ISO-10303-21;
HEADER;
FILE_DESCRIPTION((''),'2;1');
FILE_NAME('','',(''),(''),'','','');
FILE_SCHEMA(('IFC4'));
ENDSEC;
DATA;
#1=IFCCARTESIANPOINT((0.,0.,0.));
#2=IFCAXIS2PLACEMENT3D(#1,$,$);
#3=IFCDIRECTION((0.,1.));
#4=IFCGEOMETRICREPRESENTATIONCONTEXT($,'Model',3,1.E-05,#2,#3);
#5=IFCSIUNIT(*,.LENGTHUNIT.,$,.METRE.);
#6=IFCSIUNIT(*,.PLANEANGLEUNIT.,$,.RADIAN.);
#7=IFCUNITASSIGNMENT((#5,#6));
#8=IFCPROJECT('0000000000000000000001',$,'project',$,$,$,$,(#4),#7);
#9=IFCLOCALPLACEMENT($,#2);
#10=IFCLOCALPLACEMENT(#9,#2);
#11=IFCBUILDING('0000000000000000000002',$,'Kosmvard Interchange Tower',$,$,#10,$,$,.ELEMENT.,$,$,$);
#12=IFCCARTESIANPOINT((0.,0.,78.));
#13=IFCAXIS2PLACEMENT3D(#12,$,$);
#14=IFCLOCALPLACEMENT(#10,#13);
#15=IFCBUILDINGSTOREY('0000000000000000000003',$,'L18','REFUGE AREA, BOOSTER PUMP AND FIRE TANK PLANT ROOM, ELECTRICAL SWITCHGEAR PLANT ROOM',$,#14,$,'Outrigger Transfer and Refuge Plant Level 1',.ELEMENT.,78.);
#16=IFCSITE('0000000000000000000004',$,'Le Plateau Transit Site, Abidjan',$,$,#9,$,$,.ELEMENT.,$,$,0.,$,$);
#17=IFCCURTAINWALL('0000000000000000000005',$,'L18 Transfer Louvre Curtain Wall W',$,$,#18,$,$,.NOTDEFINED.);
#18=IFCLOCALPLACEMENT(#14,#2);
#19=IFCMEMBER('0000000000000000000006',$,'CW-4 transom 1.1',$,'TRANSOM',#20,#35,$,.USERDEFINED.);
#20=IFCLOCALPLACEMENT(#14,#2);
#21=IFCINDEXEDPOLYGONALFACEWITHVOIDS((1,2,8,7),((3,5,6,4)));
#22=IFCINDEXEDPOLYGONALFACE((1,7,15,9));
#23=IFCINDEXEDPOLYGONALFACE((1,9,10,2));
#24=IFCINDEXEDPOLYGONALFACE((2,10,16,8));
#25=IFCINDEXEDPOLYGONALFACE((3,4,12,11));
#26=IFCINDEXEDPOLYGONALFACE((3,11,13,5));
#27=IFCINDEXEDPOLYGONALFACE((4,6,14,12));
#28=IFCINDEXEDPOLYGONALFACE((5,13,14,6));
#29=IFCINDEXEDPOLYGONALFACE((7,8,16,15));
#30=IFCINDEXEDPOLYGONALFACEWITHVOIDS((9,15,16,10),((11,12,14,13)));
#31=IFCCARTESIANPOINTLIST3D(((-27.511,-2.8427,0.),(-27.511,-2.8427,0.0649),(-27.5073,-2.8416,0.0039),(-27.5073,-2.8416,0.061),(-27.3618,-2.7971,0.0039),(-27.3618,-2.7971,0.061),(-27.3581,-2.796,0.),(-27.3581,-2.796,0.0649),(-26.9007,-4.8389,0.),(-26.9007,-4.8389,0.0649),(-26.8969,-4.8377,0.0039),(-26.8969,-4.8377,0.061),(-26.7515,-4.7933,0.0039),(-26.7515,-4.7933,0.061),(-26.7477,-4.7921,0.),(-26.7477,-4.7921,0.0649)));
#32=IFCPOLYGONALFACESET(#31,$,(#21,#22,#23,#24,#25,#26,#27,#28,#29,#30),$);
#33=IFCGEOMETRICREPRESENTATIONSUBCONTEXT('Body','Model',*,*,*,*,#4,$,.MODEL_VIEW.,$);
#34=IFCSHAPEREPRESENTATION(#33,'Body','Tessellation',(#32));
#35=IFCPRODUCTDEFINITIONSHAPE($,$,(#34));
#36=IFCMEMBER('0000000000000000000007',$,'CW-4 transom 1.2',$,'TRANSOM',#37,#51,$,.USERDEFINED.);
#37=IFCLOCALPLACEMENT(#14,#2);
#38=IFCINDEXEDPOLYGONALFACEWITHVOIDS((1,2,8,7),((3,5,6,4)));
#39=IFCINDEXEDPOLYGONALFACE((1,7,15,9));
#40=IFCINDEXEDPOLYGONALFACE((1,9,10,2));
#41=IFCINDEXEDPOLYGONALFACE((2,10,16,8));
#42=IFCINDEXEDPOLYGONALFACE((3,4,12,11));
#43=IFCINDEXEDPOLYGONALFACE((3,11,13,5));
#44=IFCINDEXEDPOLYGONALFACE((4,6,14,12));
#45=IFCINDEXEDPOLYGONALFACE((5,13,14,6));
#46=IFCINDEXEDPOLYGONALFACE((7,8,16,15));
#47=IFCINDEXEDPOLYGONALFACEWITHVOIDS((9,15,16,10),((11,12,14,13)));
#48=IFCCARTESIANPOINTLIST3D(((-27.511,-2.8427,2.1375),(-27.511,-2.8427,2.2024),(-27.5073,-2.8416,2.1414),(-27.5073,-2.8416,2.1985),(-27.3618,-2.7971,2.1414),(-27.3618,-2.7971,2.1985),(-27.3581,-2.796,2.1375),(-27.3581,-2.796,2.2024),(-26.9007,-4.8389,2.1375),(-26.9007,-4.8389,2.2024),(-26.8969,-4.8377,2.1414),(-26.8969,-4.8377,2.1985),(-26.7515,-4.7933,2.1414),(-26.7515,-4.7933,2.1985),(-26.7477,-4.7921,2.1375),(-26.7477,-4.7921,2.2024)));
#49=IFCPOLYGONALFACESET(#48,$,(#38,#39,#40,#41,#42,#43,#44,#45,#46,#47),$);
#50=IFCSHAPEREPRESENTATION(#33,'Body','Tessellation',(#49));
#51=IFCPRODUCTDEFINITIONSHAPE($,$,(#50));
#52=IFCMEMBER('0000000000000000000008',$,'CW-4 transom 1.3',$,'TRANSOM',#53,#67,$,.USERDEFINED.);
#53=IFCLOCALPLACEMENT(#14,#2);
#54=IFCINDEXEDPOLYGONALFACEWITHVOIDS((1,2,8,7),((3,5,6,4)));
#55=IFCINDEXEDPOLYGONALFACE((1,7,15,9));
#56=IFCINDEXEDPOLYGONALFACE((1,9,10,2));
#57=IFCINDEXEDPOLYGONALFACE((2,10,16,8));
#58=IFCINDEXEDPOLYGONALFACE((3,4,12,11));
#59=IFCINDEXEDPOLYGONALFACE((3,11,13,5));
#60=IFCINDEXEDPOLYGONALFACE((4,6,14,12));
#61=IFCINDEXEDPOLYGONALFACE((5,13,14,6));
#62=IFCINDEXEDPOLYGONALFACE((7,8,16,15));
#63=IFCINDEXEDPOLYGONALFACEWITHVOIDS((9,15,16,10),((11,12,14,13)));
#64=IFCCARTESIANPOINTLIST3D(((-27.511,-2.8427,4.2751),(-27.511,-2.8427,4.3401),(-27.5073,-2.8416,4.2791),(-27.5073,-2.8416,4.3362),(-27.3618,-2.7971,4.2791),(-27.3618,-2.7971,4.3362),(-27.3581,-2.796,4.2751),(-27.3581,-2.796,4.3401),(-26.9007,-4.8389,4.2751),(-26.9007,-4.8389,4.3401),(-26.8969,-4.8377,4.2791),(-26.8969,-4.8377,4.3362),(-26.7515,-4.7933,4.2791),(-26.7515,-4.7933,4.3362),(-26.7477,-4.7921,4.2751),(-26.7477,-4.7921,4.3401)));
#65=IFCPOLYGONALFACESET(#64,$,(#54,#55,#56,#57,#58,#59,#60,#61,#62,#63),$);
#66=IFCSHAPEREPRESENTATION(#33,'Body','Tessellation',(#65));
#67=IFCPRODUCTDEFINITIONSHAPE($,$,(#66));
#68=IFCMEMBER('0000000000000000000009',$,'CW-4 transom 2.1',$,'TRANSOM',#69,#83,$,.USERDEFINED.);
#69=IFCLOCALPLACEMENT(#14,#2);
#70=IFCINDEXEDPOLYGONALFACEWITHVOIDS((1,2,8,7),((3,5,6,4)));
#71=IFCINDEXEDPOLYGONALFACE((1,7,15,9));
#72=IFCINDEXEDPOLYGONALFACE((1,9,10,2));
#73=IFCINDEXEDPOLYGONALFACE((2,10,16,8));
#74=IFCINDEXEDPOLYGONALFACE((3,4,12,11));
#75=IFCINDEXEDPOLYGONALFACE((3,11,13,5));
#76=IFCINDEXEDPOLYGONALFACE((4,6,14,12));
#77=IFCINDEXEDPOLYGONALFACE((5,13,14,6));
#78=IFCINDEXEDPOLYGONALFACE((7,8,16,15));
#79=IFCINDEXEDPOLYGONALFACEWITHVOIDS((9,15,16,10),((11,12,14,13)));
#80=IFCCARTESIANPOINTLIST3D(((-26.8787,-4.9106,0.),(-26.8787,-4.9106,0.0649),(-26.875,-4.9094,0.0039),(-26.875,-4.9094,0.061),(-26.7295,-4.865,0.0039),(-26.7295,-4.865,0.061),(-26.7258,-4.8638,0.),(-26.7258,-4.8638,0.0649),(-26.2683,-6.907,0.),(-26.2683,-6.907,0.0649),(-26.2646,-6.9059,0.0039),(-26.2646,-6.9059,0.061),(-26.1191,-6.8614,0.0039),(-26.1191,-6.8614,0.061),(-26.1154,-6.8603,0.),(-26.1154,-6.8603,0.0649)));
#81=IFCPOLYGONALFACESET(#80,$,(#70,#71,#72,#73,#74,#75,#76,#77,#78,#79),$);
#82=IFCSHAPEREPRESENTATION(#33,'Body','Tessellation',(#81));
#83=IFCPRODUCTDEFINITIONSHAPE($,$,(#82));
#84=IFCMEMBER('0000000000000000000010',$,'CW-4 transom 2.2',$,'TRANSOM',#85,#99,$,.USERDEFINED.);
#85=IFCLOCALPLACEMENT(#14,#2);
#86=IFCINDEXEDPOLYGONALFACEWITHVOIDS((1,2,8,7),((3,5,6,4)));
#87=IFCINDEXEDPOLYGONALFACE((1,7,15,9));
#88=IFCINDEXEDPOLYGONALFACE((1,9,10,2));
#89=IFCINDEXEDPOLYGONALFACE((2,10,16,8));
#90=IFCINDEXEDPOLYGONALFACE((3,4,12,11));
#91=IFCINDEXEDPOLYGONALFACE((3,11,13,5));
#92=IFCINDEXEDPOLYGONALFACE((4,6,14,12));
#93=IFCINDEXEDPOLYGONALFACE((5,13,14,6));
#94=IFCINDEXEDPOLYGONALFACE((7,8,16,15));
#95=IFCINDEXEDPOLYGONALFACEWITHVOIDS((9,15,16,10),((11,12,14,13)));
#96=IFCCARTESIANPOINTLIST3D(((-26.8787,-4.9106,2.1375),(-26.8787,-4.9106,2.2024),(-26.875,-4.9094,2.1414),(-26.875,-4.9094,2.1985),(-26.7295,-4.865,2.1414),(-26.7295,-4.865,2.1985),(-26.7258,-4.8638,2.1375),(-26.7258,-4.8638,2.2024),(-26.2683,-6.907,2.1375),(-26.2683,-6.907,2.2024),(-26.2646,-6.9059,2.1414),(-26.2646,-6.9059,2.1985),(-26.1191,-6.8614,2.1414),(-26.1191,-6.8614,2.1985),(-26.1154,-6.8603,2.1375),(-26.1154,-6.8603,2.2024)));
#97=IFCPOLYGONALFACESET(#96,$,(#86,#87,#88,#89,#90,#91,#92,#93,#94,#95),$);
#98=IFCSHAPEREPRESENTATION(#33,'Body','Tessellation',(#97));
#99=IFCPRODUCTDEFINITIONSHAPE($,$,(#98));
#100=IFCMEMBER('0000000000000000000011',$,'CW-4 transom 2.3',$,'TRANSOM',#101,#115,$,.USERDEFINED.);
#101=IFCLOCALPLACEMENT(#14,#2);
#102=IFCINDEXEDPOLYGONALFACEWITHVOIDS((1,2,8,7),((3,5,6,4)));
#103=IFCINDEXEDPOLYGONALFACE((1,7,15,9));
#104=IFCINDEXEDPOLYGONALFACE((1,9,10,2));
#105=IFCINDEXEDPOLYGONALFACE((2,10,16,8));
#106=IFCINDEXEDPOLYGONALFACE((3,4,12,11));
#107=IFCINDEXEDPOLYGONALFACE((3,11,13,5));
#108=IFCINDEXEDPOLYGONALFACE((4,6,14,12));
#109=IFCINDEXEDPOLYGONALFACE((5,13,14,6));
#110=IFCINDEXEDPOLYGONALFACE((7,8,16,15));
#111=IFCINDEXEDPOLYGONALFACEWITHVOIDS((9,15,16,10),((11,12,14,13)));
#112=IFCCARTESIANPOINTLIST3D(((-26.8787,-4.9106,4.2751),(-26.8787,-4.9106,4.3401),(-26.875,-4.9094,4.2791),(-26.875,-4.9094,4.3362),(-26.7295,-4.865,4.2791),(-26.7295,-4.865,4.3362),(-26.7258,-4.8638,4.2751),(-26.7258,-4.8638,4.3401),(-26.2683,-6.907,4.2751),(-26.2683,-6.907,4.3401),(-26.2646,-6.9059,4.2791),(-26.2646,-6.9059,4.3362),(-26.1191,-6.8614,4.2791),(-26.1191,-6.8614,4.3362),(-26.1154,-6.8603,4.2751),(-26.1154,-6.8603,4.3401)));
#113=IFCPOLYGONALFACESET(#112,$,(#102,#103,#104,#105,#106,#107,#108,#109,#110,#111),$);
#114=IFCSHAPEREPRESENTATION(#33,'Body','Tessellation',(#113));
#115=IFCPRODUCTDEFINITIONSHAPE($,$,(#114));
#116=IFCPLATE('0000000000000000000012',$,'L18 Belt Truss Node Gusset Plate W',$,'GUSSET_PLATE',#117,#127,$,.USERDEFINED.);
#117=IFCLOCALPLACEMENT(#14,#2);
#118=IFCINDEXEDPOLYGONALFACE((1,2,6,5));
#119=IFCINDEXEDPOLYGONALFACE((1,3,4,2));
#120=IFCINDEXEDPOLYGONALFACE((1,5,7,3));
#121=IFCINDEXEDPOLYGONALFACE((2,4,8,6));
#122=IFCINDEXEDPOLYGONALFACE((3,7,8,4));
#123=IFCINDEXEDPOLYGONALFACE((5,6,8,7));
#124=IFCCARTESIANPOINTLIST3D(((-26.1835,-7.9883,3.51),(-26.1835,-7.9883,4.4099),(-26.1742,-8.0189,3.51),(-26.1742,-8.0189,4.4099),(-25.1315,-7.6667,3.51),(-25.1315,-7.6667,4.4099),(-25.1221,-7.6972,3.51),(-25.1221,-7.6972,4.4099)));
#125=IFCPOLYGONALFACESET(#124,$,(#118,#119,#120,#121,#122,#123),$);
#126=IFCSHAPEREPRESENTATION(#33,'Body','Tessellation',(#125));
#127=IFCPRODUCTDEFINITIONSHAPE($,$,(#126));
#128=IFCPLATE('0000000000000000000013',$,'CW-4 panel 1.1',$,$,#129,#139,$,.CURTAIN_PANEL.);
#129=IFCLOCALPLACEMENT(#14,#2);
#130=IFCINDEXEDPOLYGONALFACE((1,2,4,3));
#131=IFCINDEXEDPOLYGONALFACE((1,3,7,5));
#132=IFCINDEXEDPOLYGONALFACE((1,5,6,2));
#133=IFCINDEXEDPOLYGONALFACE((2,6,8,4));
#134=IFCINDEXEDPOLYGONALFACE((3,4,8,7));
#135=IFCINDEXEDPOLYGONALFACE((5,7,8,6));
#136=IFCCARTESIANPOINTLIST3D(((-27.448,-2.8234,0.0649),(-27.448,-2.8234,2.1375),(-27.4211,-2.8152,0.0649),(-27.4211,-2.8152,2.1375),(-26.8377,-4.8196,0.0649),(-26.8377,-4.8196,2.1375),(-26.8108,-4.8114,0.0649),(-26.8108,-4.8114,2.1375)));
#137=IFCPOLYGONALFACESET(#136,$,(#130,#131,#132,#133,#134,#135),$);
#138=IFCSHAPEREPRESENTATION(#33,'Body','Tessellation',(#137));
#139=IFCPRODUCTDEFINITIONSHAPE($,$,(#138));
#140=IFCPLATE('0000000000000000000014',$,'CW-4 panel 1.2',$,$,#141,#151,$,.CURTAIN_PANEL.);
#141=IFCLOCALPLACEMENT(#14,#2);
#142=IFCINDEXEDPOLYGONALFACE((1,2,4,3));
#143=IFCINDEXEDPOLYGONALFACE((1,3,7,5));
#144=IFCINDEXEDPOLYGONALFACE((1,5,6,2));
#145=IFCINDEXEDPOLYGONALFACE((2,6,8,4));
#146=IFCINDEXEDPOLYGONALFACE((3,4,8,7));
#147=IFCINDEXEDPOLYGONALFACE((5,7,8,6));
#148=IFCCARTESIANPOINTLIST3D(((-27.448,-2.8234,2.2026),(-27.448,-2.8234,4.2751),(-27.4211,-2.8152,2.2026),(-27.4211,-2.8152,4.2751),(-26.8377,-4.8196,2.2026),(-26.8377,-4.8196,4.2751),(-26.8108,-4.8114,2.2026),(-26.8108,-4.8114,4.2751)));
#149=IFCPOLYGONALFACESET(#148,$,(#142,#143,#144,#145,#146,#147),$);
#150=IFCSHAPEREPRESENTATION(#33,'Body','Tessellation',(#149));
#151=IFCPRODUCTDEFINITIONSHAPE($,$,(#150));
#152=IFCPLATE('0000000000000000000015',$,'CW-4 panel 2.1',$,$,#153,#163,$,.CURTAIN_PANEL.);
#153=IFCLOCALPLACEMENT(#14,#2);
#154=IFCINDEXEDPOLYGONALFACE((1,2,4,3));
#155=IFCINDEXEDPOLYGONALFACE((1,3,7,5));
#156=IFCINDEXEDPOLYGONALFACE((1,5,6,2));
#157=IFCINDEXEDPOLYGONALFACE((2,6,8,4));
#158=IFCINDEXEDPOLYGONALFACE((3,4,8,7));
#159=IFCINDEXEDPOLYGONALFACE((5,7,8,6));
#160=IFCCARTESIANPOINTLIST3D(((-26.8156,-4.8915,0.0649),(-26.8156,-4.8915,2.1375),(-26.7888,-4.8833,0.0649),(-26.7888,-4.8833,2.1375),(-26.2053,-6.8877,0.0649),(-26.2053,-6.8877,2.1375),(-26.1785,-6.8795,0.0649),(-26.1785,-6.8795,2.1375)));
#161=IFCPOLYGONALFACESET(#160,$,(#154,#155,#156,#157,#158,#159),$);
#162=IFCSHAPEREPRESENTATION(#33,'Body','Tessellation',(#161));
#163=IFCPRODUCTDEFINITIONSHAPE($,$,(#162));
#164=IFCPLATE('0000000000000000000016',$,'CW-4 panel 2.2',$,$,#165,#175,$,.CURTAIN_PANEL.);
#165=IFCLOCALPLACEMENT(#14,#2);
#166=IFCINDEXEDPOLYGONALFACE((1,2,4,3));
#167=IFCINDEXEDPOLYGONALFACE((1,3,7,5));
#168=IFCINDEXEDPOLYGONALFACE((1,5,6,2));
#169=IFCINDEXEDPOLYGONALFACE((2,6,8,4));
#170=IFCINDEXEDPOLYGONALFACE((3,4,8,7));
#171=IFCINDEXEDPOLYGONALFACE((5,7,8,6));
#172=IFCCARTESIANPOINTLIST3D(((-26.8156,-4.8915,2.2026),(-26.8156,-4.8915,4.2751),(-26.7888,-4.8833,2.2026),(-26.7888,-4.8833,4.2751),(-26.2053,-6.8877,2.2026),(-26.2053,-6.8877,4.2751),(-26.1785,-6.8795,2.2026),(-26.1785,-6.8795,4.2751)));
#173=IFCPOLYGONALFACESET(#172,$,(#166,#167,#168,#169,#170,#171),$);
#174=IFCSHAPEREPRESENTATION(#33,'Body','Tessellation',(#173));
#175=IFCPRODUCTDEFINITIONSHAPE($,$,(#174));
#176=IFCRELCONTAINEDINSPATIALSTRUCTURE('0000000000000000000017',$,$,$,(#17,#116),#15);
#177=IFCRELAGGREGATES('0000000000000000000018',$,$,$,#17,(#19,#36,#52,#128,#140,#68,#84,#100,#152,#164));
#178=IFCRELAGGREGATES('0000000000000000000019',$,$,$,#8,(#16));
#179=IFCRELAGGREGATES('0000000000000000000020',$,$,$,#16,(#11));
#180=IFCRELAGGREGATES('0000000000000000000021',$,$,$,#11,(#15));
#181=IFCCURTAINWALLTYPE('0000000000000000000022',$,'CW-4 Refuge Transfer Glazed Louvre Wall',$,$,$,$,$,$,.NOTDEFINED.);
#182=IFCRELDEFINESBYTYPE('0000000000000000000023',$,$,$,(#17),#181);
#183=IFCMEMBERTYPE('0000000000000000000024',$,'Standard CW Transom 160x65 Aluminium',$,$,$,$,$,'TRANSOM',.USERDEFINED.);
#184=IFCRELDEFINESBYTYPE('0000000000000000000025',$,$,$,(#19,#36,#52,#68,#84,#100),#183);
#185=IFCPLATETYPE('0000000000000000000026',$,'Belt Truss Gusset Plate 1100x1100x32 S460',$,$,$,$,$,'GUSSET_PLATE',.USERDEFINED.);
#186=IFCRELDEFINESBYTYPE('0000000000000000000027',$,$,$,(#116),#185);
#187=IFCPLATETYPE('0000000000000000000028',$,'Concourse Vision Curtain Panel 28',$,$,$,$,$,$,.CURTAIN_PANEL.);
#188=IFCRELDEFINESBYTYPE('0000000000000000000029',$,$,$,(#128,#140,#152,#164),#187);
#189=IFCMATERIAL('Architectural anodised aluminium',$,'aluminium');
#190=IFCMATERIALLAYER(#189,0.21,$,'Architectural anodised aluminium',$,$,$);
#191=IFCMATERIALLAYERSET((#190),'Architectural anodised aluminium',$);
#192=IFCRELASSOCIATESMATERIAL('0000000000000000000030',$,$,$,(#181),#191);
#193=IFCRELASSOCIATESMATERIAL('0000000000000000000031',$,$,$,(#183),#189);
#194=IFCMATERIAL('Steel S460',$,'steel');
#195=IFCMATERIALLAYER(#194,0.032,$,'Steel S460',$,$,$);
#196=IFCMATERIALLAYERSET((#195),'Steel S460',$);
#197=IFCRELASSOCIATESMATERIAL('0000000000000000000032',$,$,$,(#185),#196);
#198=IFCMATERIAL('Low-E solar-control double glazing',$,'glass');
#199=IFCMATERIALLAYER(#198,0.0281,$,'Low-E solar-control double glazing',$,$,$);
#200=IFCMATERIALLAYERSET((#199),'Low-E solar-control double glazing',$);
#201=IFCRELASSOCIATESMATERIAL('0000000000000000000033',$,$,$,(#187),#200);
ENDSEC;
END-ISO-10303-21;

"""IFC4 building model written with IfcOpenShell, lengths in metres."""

from ifc_helpers import new_model, si_unit, direction, frame, origin, origin_2d, place, context, subcontext, project, spatial, rectangle, hollow_rectangle, extrude, source, transform, mapped, material, layer, layer_set, material_profile, profile_set, type_object, element, aggregate, save


model = new_model("IFC4")

# Units and contexts
model_context = context("Model", 3, precision=1e-05, world=origin(), true_north=direction((0.0, 1.0)))
body_context = subcontext(model_context, "Body", "Model", "MODEL_VIEW")
ifc_project = project(units=[si_unit("LENGTHUNIT", "METRE"), si_unit("PLANEANGLEUNIT", "RADIAN")], contexts=[model_context])

# Site, building, storey
site_placement = place(None, origin())
site = spatial("IfcSite", under=ifc_project, at=site_placement, Name="Le Plateau Transit Site, Abidjan", CompositionType="ELEMENT", RefElevation=0.0)
building_placement = place(site_placement, origin())
building = spatial("IfcBuilding", under=site, at=building_placement, Name="Kosmvard Interchange Tower", CompositionType="ELEMENT")
storey_placement = place(building_placement, frame((0.0, 0.0, 78.0)))
storey = spatial("IfcBuildingStorey", under=building, at=storey_placement, Name="L18", Description="REFUGE AREA, BOOSTER PUMP AND FIRE TANK PLANT ROOM, ELECTRICAL SWITCHGEAR PLANT ROOM", LongName="Outrigger Transfer and Refuge Plant Level 1", CompositionType="ELEMENT", Elevation=78.0)

# Shared definitions
ifc_material_1 = material(Name="Steel S460", Category="steel")

# Curtain wall, members
ifc_material_2 = material(Name="Architectural anodised aluminium", Category="aluminium")
ifc_layer_1 = layer(ifc_material_2, 0.21, Name="Architectural anodised aluminium")
ifc_layer_set_1 = layer_set([ifc_layer_1], Name="Architectural anodised aluminium")
curtain_wall_type = type_object("IfcCurtainWallType", Name="CW-4 Refuge Transfer Glazed Louvre Wall", PredefinedType="NOTDEFINED", material=ifc_layer_set_1)
curtain_wall_placement = place(storey_placement, origin())
curtain_wall = element("IfcCurtainWall", 1, at=curtain_wall_placement, inside=storey, type_object=curtain_wall_type, Name="L18 Transfer Louvre Curtain Wall W", PredefinedType="NOTDEFINED")
ifc_material_profile_1 = material_profile(ifc_material_2, hollow_rectangle(XDim=0.1599, YDim=0.0649, WallThickness=0.0039, at=origin_2d()), Name="CWT 160x65x4")
ifc_profile_set_1 = profile_set([ifc_material_profile_1], Name="Architectural anodised aluminium")
member_type_1 = type_object("IfcMemberType", Name="Standard CW Transom 160x65 Aluminium", ElementType="TRANSOM", PredefinedType="USERDEFINED", material=ifc_profile_set_1)
shared_shape_1 = source(origin(), body_context, "Body", "SweptSolid", [
    extrude(hollow_rectangle(XDim=0.1599, YDim=0.0649, WallThickness=0.0039, at=origin_2d()), origin(), (0.0, 0.0, 1.0), 2.0874),
])
member_1_placement = place(storey_placement, frame((-27.4346, -2.8193, 0.0325), z_axis=(0.292409, -0.956293, 0.0), x_axis=(0.956293, 0.292409, 0.0)))
member_1 = element("IfcMember", 2, at=member_1_placement, type_object=member_type_1, Name="CW-4 transom 1.1", ObjectType="TRANSOM", PredefinedType="USERDEFINED", context=body_context, shape_type="MappedRepresentation", body=[
    mapped(shared_shape_1, transform((0.0, 0.0, 0.0), scale=1.0)),
])
member_2_placement = place(storey_placement, frame((-27.4346, -2.8193, 2.1699), z_axis=(0.292409, -0.956293, 0.0), x_axis=(0.956293, 0.292409, 0.0)))
member_2 = element("IfcMember", 3, at=member_2_placement, type_object=member_type_1, Name="CW-4 transom 1.2", ObjectType="TRANSOM", PredefinedType="USERDEFINED", context=body_context, shape_type="MappedRepresentation", body=[
    mapped(shared_shape_1, transform((0.0, 0.0, 0.0), scale=1.0)),
])
member_3_placement = place(storey_placement, frame((-27.4346, -2.8193, 4.3076), z_axis=(0.292409, -0.956293, 0.0), x_axis=(0.956293, 0.292409, 0.0)))
member_3 = element("IfcMember", 4, at=member_3_placement, type_object=member_type_1, Name="CW-4 transom 1.3", ObjectType="TRANSOM", PredefinedType="USERDEFINED", context=body_context, shape_type="MappedRepresentation", body=[
    mapped(shared_shape_1, transform((0.0, 0.0, 0.0), scale=1.0)),
])
shared_shape_2 = source(origin(), body_context, "Body", "SweptSolid", [
    extrude(hollow_rectangle(XDim=0.1599, YDim=0.0649, WallThickness=0.0039, at=origin_2d()), origin(), (0.0, 0.0, 1.0), 2.0876),
])
member_4_placement = place(storey_placement, frame((-26.8022, -4.8872, 0.0325), z_axis=(0.292376, -0.956303, 0.0), x_axis=(0.956303, 0.292376, 0.0)))
member_4 = element("IfcMember", 5, at=member_4_placement, type_object=member_type_1, Name="CW-4 transom 2.1", ObjectType="TRANSOM", PredefinedType="USERDEFINED", context=body_context, shape_type="MappedRepresentation", body=[
    mapped(shared_shape_2, transform((0.0, 0.0, 0.0), scale=1.0)),
])
member_5_placement = place(storey_placement, frame((-26.8022, -4.8872, 2.1699), z_axis=(0.292376, -0.956303, 0.0), x_axis=(0.956303, 0.292376, 0.0)))
member_5 = element("IfcMember", 6, at=member_5_placement, type_object=member_type_1, Name="CW-4 transom 2.2", ObjectType="TRANSOM", PredefinedType="USERDEFINED", context=body_context, shape_type="MappedRepresentation", body=[
    mapped(shared_shape_2, transform((0.0, 0.0, 0.0), scale=1.0)),
])
member_6_placement = place(storey_placement, frame((-26.8022, -4.8872, 4.3076), z_axis=(0.292376, -0.956303, 0.0), x_axis=(0.956303, 0.292376, 0.0)))
member_6 = element("IfcMember", 7, at=member_6_placement, type_object=member_type_1, Name="CW-4 transom 2.3", ObjectType="TRANSOM", PredefinedType="USERDEFINED", context=body_context, shape_type="MappedRepresentation", body=[
    mapped(shared_shape_2, transform((0.0, 0.0, 0.0), scale=1.0)),
])

# Plates
ifc_layer_2 = layer(ifc_material_1, 0.032, Name="Steel S460")
ifc_layer_set_2 = layer_set([ifc_layer_2], Name="Steel S460")
plate_type_1 = type_object("IfcPlateType", Name="Belt Truss Gusset Plate 1100x1100x32 S460", ElementType="GUSSET_PLATE", PredefinedType="USERDEFINED", material=ifc_layer_set_2)
shared_shape_3 = source(origin(), body_context, "Body", "SweptSolid", [
    extrude(rectangle(XDim=1.1001, YDim=0.032, at=origin_2d()), origin(), (0.0, 0.0, 1.0), 0.8999),
])
plate_1_placement = place(storey_placement, frame((-25.6528, -7.8428, 3.51), z_axis=(0.0, 0.0, 1.0), x_axis=(0.956305, 0.292372, 0.0)))
element("IfcPlate", 8, at=plate_1_placement, inside=storey, type_object=plate_type_1, Name="L18 Belt Truss Node Gusset Plate W", ObjectType="GUSSET_PLATE", PredefinedType="USERDEFINED", context=body_context, shape_type="MappedRepresentation", body=[
    mapped(shared_shape_3, transform((0.0, 0.0, 0.0), scale=1.0)),
])
ifc_material_3 = material(Name="Low-E solar-control double glazing", Category="glass")
ifc_layer_3 = layer(ifc_material_3, 0.0281, Name="Low-E solar-control double glazing")
ifc_layer_set_3 = layer_set([ifc_layer_3], Name="Low-E solar-control double glazing")
plate_type_2 = type_object("IfcPlateType", Name="Concourse Vision Curtain Panel 28", PredefinedType="CURTAIN_PANEL", material=ifc_layer_set_3)
shared_shape_4 = source(origin(), body_context, "Body", "SweptSolid", [
    extrude(rectangle(XDim=2.0874, YDim=0.0281, at=origin_2d()), origin(), (0.0, 0.0, 1.0), 2.0725),
])
plate_2_placement = place(storey_placement, frame((-27.1294, -3.8174, 0.0649), z_axis=(0.0, 0.0, 1.0), x_axis=(0.292372, -0.956305, 0.0)))
plate_2 = element("IfcPlate", 9, at=plate_2_placement, type_object=plate_type_2, Name="CW-4 panel 1.1", PredefinedType="CURTAIN_PANEL", context=body_context, shape_type="MappedRepresentation", body=[
    mapped(shared_shape_4, transform((0.0, 0.0, 0.0), scale=1.0)),
])
plate_3_placement = place(storey_placement, frame((-27.1294, -3.8174, 2.2026), z_axis=(0.0, 0.0, 1.0), x_axis=(0.292372, -0.956305, 0.0)))
plate_3 = element("IfcPlate", 10, at=plate_3_placement, type_object=plate_type_2, Name="CW-4 panel 1.2", PredefinedType="CURTAIN_PANEL", context=body_context, shape_type="MappedRepresentation", body=[
    mapped(shared_shape_4, transform((0.0, 0.0, 0.0), scale=1.0)),
])
plate_4_placement = place(storey_placement, frame((-26.4971, -5.8855, 0.0649), z_axis=(0.0, 0.0, 1.0), x_axis=(0.292372, -0.956305, 0.0)))
plate_4 = element("IfcPlate", 11, at=plate_4_placement, type_object=plate_type_2, Name="CW-4 panel 2.1", PredefinedType="CURTAIN_PANEL", context=body_context, shape_type="MappedRepresentation", body=[
    mapped(shared_shape_4, transform((0.0, 0.0, 0.0), scale=1.0)),
])
plate_5_placement = place(storey_placement, frame((-26.4971, -5.8855, 2.2026), z_axis=(0.0, 0.0, 1.0), x_axis=(0.292372, -0.956305, 0.0)))
plate_5 = element("IfcPlate", 12, at=plate_5_placement, type_object=plate_type_2, Name="CW-4 panel 2.2", PredefinedType="CURTAIN_PANEL", context=body_context, shape_type="MappedRepresentation", body=[
    mapped(shared_shape_4, transform((0.0, 0.0, 0.0), scale=1.0)),
])
aggregate(curtain_wall, [member_1, member_2, member_3, plate_2, plate_3, member_4, member_5, member_6, plate_4, plate_5])

save(model, "model.ifc")
